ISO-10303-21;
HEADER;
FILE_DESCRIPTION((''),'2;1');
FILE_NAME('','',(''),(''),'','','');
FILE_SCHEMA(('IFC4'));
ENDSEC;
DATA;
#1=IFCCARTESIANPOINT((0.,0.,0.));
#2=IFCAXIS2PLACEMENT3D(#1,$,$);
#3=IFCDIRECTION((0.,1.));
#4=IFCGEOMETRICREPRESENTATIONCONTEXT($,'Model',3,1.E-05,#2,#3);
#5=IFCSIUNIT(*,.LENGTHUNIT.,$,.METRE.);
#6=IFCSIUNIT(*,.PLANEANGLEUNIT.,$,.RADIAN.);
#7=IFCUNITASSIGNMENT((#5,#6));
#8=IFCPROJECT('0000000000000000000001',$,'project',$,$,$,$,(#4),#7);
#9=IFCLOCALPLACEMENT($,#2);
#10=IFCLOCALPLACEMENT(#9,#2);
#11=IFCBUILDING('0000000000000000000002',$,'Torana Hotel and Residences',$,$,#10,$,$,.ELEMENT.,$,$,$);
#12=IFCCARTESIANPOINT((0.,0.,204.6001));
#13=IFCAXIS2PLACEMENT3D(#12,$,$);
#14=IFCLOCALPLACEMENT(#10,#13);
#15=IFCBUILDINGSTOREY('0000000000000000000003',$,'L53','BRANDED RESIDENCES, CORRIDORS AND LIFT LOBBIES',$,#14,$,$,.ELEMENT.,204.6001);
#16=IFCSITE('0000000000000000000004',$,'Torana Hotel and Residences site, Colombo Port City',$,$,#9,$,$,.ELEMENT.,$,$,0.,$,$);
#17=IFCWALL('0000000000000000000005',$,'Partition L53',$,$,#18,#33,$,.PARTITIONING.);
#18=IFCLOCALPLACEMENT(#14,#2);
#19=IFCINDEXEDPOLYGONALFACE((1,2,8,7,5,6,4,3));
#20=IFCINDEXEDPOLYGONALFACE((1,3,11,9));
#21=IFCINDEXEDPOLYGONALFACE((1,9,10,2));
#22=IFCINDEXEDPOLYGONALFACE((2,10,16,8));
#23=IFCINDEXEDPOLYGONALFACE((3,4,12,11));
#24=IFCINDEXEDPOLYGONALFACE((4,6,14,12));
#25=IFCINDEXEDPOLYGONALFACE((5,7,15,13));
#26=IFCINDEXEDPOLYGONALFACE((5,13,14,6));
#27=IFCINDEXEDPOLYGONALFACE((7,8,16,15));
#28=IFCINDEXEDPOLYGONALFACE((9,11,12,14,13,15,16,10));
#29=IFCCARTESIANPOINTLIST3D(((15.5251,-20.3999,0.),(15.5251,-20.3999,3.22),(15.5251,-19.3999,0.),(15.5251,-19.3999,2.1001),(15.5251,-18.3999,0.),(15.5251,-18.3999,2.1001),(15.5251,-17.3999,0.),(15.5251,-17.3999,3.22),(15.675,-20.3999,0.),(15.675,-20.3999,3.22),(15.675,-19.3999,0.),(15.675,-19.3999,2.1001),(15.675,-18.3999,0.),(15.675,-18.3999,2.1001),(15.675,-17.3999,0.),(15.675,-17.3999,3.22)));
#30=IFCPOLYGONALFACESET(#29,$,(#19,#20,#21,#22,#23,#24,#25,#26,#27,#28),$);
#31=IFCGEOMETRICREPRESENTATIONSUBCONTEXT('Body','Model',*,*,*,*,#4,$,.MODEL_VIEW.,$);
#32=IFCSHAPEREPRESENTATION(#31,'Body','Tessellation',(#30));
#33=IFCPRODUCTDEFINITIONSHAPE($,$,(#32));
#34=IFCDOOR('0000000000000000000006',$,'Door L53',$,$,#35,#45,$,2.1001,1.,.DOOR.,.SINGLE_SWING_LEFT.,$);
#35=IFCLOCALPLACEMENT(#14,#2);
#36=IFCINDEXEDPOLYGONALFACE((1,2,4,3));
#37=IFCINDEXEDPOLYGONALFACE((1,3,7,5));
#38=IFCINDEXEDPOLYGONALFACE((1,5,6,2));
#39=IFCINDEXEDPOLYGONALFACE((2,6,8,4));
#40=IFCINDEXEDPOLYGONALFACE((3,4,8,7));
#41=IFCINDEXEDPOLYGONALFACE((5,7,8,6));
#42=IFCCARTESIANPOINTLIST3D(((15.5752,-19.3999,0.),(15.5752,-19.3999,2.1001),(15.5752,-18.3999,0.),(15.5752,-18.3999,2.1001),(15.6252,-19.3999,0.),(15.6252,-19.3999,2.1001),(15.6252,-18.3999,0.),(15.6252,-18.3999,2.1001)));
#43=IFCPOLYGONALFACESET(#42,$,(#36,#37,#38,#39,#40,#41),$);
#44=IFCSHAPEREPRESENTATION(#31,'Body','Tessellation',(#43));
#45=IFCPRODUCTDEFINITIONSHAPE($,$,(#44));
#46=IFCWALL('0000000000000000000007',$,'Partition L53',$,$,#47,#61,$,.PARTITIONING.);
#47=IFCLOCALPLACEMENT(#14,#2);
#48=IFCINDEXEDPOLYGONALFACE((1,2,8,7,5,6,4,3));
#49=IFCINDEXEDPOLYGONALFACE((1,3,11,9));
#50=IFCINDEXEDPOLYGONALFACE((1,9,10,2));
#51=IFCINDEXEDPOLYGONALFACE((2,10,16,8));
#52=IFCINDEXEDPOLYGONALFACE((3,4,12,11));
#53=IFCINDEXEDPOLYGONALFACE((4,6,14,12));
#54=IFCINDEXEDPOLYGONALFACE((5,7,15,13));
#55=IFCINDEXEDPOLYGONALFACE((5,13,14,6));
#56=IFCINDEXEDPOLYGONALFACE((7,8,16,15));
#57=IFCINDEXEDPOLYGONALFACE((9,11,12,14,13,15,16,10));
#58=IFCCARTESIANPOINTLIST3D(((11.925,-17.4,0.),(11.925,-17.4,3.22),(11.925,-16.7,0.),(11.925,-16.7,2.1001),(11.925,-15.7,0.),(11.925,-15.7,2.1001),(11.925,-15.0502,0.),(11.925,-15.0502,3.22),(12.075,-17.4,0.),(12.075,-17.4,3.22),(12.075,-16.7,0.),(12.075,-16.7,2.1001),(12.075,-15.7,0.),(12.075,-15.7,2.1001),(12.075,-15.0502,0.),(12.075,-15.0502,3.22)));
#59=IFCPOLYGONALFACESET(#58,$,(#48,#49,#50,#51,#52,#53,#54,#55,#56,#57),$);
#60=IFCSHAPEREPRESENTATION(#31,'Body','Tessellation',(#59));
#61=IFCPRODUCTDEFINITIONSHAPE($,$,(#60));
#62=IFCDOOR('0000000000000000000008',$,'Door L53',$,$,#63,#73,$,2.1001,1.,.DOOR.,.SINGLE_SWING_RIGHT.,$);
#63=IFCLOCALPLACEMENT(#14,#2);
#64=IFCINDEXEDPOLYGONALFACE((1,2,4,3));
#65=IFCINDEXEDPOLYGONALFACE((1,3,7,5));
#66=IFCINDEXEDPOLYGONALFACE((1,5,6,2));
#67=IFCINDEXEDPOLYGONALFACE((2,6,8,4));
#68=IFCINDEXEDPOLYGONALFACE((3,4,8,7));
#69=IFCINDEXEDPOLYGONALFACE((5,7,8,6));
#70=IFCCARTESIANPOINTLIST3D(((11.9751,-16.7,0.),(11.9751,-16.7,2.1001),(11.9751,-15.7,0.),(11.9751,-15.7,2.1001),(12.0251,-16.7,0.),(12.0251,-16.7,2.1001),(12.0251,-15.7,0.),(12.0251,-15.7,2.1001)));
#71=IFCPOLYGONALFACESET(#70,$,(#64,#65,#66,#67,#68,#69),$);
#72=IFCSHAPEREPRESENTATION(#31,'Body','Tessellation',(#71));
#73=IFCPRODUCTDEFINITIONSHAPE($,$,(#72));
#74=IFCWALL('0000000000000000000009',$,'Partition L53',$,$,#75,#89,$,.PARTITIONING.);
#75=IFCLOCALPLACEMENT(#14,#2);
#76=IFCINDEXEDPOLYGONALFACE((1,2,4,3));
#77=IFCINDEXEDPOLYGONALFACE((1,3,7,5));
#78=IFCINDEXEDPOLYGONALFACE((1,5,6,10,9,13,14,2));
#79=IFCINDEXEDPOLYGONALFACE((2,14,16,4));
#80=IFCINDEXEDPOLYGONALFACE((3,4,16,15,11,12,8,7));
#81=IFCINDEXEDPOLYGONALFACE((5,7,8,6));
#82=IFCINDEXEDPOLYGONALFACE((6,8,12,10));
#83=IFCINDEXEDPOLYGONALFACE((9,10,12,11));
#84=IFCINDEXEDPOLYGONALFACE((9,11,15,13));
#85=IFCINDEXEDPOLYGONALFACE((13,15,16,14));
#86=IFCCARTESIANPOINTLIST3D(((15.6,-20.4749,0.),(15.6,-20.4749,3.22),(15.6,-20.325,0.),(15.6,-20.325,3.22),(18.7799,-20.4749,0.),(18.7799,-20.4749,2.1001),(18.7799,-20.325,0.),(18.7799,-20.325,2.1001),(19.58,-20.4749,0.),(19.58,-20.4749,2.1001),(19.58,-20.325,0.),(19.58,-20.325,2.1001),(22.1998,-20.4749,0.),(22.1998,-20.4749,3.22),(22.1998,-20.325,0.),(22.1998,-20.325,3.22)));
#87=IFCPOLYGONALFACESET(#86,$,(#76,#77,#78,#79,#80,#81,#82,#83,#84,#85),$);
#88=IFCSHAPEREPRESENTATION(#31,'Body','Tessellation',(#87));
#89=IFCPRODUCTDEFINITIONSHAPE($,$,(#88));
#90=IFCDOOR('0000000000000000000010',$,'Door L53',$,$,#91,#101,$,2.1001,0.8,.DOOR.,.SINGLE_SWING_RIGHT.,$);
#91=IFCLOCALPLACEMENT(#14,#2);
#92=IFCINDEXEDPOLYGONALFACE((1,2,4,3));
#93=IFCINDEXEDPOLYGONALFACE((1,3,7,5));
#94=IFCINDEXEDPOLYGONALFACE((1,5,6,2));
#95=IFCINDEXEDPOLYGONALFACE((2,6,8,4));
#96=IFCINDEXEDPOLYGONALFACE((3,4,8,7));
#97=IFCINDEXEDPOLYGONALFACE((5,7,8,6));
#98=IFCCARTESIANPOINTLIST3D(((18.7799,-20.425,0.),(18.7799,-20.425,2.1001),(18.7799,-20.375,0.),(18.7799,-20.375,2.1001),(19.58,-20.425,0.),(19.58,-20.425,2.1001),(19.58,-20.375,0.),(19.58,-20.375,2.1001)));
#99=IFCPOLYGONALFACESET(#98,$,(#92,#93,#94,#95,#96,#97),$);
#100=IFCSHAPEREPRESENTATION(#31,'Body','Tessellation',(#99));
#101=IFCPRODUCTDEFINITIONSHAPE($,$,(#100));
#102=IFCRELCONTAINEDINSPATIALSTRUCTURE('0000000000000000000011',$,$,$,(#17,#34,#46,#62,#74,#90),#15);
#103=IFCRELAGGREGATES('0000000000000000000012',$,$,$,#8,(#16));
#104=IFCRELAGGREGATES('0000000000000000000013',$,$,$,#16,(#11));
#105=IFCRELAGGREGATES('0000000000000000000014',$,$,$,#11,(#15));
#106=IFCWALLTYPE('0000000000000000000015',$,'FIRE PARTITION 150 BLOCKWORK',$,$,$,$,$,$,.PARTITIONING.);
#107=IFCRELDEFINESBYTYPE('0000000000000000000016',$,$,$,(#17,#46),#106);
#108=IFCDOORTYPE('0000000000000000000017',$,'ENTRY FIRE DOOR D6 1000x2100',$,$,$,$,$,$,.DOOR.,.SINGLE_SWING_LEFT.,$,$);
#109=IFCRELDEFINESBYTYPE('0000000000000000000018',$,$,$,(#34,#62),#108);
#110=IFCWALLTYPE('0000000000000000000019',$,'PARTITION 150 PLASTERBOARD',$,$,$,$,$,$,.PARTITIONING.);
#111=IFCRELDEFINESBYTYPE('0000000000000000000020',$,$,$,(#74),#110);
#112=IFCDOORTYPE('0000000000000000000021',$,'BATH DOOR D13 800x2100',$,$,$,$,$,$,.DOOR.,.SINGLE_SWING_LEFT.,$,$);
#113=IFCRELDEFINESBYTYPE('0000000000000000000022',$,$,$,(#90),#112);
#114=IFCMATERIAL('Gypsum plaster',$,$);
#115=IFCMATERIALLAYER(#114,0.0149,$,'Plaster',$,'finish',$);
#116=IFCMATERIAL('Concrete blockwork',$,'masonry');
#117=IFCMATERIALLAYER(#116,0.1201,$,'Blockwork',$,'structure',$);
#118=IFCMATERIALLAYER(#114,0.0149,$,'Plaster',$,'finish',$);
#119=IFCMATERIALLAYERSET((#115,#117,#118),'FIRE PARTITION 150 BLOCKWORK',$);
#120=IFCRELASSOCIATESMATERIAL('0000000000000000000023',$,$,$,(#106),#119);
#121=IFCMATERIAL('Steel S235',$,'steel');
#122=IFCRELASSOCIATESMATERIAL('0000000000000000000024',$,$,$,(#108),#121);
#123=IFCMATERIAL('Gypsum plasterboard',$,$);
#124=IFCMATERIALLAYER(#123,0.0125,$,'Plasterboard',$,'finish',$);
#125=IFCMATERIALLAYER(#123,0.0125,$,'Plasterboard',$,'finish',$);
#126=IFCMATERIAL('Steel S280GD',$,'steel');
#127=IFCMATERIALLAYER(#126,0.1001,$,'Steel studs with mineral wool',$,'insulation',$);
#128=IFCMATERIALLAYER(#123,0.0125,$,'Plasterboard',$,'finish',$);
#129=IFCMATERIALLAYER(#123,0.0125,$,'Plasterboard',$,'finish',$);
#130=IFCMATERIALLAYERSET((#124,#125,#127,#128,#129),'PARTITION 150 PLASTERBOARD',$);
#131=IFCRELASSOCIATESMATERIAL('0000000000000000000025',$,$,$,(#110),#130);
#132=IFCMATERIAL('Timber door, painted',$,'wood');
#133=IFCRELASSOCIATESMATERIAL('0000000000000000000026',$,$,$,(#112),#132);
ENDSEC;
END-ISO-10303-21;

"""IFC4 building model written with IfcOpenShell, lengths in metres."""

from ifc_helpers import new_model, si_unit, direction, frame, frame_2d, origin, place, context, subcontext, project, spatial, rectangle, extrude, material, layer, layer_set, type_object, element, fill, save


model = new_model("IFC4")

# Units and contexts
model_context = context("Model", 3, precision=1e-05, world=origin(), true_north=direction((0.0, 1.0)))
body_context = subcontext(model_context, "Body", "Model", "MODEL_VIEW")
ifc_project = project(units=[si_unit("LENGTHUNIT", "METRE"), si_unit("PLANEANGLEUNIT", "RADIAN")], contexts=[model_context])

# Site, building, storey
site_placement = place(None, origin())
site = spatial("IfcSite", under=ifc_project, at=site_placement, Name="Torana Hotel and Residences site, Colombo Port City", CompositionType="ELEMENT", RefElevation=0.0)
building_placement = place(site_placement, origin())
building = spatial("IfcBuilding", under=site, at=building_placement, Name="Torana Hotel and Residences", CompositionType="ELEMENT")
storey_placement = place(building_placement, frame((0.0, 0.0, 204.6001)))
storey = spatial("IfcBuildingStorey", under=building, at=storey_placement, Name="L53", Description="BRANDED RESIDENCES, CORRIDORS AND LIFT LOBBIES", CompositionType="ELEMENT", Elevation=204.6001)

# Walls, openings, doors
ifc_material_1 = material(Name="Gypsum plaster")
ifc_layer_1 = layer(ifc_material_1, 0.0149, Name="Plaster", Category="finish")
ifc_material_2 = material(Name="Concrete blockwork", Category="masonry")
ifc_layer_2 = layer(ifc_material_2, 0.1201, Name="Blockwork", Category="structure")
ifc_layer_3 = layer(ifc_material_1, 0.0149, Name="Plaster", Category="finish")
ifc_layer_set_1 = layer_set([ifc_layer_1, ifc_layer_2, ifc_layer_3], Name="FIRE PARTITION 150 BLOCKWORK")
wall_type_1 = type_object("IfcWallType", Name="FIRE PARTITION 150 BLOCKWORK", PredefinedType="PARTITIONING", material=ifc_layer_set_1)
wall_1_placement = place(storey_placement, frame((15.6001, -20.3999, 0.0), z_axis=(0.0, 0.0, 1.0), x_axis=(0.0, 1.0, 0.0)))
wall_1 = element("IfcWall", 1, at=wall_1_placement, inside=storey, type_object=wall_type_1, Name="Partition L53", PredefinedType="PARTITIONING", context=body_context, shape_type="SweptSolid", body=[
    extrude(rectangle(XDim=3.0, YDim=0.1499, at=frame_2d((1.5, 0.0))), origin(), (0.0, 0.0, 1.0), 3.22),
])
opening_1_placement = place(wall_1_placement, frame((1.0, 0.0, 0.0)))
opening_1 = element("IfcOpeningElement", 2, at=opening_1_placement, cuts=wall_1, PredefinedType="OPENING", context=body_context, shape_type="SweptSolid", body=[
    extrude(rectangle(XDim=1.0, YDim=2.1001, at=frame_2d((0.5, 1.05))), frame((0.0, 0.085, 0.0), z_axis=(0.0, -1.0, 0.0), x_axis=(1.0, 0.0, 0.0)), (0.0, 0.0, 1.0), 0.1699),
])
ifc_material_3 = material(Name="Steel S235", Category="steel")
door_type_1 = type_object("IfcDoorType", Name="ENTRY FIRE DOOR D6 1000x2100", OperationType="SINGLE_SWING_LEFT", PredefinedType="DOOR", material=ifc_material_3)
door_1_placement = place(opening_1_placement, frame((0.5, 0.0, 0.0), z_axis=(0.0, 0.0, 1.0), x_axis=(-1.0, 0.0, 0.0)))
door_1 = element("IfcDoor", 3, at=door_1_placement, inside=storey, type_object=door_type_1, Name="Door L53", OperationType="SINGLE_SWING_LEFT", OverallHeight=2.1001, OverallWidth=1.0, PredefinedType="DOOR", context=body_context, shape_type="SweptSolid", body=[
    extrude(rectangle(XDim=1.0, YDim=2.1001, at=frame_2d((0.0, 1.05))), frame((0.0, -0.0249, 0.0), z_axis=(0.0, 1.0, 0.0), x_axis=(-1.0, 0.0, 0.0)), (0.0, 0.0, 1.0), 0.05),
])
fill(opening_1, door_1)
wall_2_placement = place(storey_placement, frame((12.0, -17.3999, 0.0), z_axis=(0.0, 0.0, 1.0), x_axis=(0.0, 1.0, 0.0)))
wall_2 = element("IfcWall", 4, at=wall_2_placement, inside=storey, type_object=wall_type_1, Name="Partition L53", PredefinedType="PARTITIONING", context=body_context, shape_type="SweptSolid", body=[
    extrude(rectangle(XDim=2.3499, YDim=0.1499, at=frame_2d((1.1748, 0.0))), origin(), (0.0, 0.0, 1.0), 3.22),
])
opening_2_placement = place(wall_2_placement, frame((0.7, 0.0, 0.0)))
opening_2 = element("IfcOpeningElement", 5, at=opening_2_placement, cuts=wall_2, PredefinedType="OPENING", context=body_context, shape_type="SweptSolid", body=[
    extrude(rectangle(XDim=1.0, YDim=2.1001, at=frame_2d((0.5, 1.05))), frame((0.0, 0.085, 0.0), z_axis=(0.0, -1.0, 0.0), x_axis=(1.0, 0.0, 0.0)), (0.0, 0.0, 1.0), 0.1699),
])
door_2_placement = place(opening_2_placement, origin())
door_2 = element("IfcDoor", 6, at=door_2_placement, inside=storey, type_object=door_type_1, Name="Door L53", OperationType="SINGLE_SWING_RIGHT", OverallHeight=2.1001, OverallWidth=1.0, PredefinedType="DOOR", context=body_context, shape_type="SweptSolid", body=[
    extrude(rectangle(XDim=1.0, YDim=2.1001, at=frame_2d((0.5, 1.05))), frame((0.0, 0.0249, 0.0), z_axis=(0.0, -1.0, 0.0), x_axis=(1.0, 0.0, 0.0)), (0.0, 0.0, 1.0), 0.05),
])
fill(opening_2, door_2)
ifc_material_4 = material(Name="Gypsum plasterboard")
ifc_layer_4 = layer(ifc_material_4, 0.0125, Name="Plasterboard", Category="finish")
ifc_layer_5 = layer(ifc_material_4, 0.0125, Name="Plasterboard", Category="finish")
ifc_material_5 = material(Name="Steel S280GD", Category="steel")
ifc_layer_6 = layer(ifc_material_5, 0.1001, Name="Steel studs with mineral wool", Category="insulation")
ifc_layer_7 = layer(ifc_material_4, 0.0125, Name="Plasterboard", Category="finish")
ifc_layer_8 = layer(ifc_material_4, 0.0125, Name="Plasterboard", Category="finish")
ifc_layer_set_2 = layer_set([ifc_layer_4, ifc_layer_5, ifc_layer_6, ifc_layer_7, ifc_layer_8], Name="PARTITION 150 PLASTERBOARD")
wall_type_2 = type_object("IfcWallType", Name="PARTITION 150 PLASTERBOARD", PredefinedType="PARTITIONING", material=ifc_layer_set_2)
wall_3_placement = place(storey_placement, frame((15.6001, -20.3999, 0.0), z_axis=(0.0, 0.0, 1.0), x_axis=(1.0, 0.0, 0.0)))
wall_3 = element("IfcWall", 7, at=wall_3_placement, inside=storey, type_object=wall_type_2, Name="Partition L53", PredefinedType="PARTITIONING", context=body_context, shape_type="SweptSolid", body=[
    extrude(rectangle(XDim=6.5999, YDim=0.1499, at=frame_2d((3.2998, 0.0))), origin(), (0.0, 0.0, 1.0), 3.22),
])
opening_3_placement = place(wall_3_placement, frame((3.1799, 0.0, 0.0)))
opening_3 = element("IfcOpeningElement", 8, at=opening_3_placement, cuts=wall_3, PredefinedType="OPENING", context=body_context, shape_type="SweptSolid", body=[
    extrude(rectangle(XDim=0.8, YDim=2.1001, at=frame_2d((0.3999, 1.05))), frame((0.0, 0.085, 0.0), z_axis=(0.0, -1.0, 0.0), x_axis=(1.0, 0.0, 0.0)), (0.0, 0.0, 1.0), 0.1699),
])
ifc_material_6 = material(Name="Timber door, painted", Category="wood")
door_type_2 = type_object("IfcDoorType", Name="BATH DOOR D13 800x2100", OperationType="SINGLE_SWING_LEFT", PredefinedType="DOOR", material=ifc_material_6)
door_3_placement = place(opening_3_placement, origin())
door_3 = element("IfcDoor", 9, at=door_3_placement, inside=storey, type_object=door_type_2, Name="Door L53", OperationType="SINGLE_SWING_RIGHT", OverallHeight=2.1001, OverallWidth=0.8, PredefinedType="DOOR", context=body_context, shape_type="SweptSolid", body=[
    extrude(rectangle(XDim=0.8, YDim=2.1001, at=frame_2d((0.3999, 1.05))), frame((0.0, 0.0249, 0.0), z_axis=(0.0, -1.0, 0.0), x_axis=(1.0, 0.0, 0.0)), (0.0, 0.0, 1.0), 0.05),
])
fill(opening_3, door_3)

save(model, "model.ifc")
